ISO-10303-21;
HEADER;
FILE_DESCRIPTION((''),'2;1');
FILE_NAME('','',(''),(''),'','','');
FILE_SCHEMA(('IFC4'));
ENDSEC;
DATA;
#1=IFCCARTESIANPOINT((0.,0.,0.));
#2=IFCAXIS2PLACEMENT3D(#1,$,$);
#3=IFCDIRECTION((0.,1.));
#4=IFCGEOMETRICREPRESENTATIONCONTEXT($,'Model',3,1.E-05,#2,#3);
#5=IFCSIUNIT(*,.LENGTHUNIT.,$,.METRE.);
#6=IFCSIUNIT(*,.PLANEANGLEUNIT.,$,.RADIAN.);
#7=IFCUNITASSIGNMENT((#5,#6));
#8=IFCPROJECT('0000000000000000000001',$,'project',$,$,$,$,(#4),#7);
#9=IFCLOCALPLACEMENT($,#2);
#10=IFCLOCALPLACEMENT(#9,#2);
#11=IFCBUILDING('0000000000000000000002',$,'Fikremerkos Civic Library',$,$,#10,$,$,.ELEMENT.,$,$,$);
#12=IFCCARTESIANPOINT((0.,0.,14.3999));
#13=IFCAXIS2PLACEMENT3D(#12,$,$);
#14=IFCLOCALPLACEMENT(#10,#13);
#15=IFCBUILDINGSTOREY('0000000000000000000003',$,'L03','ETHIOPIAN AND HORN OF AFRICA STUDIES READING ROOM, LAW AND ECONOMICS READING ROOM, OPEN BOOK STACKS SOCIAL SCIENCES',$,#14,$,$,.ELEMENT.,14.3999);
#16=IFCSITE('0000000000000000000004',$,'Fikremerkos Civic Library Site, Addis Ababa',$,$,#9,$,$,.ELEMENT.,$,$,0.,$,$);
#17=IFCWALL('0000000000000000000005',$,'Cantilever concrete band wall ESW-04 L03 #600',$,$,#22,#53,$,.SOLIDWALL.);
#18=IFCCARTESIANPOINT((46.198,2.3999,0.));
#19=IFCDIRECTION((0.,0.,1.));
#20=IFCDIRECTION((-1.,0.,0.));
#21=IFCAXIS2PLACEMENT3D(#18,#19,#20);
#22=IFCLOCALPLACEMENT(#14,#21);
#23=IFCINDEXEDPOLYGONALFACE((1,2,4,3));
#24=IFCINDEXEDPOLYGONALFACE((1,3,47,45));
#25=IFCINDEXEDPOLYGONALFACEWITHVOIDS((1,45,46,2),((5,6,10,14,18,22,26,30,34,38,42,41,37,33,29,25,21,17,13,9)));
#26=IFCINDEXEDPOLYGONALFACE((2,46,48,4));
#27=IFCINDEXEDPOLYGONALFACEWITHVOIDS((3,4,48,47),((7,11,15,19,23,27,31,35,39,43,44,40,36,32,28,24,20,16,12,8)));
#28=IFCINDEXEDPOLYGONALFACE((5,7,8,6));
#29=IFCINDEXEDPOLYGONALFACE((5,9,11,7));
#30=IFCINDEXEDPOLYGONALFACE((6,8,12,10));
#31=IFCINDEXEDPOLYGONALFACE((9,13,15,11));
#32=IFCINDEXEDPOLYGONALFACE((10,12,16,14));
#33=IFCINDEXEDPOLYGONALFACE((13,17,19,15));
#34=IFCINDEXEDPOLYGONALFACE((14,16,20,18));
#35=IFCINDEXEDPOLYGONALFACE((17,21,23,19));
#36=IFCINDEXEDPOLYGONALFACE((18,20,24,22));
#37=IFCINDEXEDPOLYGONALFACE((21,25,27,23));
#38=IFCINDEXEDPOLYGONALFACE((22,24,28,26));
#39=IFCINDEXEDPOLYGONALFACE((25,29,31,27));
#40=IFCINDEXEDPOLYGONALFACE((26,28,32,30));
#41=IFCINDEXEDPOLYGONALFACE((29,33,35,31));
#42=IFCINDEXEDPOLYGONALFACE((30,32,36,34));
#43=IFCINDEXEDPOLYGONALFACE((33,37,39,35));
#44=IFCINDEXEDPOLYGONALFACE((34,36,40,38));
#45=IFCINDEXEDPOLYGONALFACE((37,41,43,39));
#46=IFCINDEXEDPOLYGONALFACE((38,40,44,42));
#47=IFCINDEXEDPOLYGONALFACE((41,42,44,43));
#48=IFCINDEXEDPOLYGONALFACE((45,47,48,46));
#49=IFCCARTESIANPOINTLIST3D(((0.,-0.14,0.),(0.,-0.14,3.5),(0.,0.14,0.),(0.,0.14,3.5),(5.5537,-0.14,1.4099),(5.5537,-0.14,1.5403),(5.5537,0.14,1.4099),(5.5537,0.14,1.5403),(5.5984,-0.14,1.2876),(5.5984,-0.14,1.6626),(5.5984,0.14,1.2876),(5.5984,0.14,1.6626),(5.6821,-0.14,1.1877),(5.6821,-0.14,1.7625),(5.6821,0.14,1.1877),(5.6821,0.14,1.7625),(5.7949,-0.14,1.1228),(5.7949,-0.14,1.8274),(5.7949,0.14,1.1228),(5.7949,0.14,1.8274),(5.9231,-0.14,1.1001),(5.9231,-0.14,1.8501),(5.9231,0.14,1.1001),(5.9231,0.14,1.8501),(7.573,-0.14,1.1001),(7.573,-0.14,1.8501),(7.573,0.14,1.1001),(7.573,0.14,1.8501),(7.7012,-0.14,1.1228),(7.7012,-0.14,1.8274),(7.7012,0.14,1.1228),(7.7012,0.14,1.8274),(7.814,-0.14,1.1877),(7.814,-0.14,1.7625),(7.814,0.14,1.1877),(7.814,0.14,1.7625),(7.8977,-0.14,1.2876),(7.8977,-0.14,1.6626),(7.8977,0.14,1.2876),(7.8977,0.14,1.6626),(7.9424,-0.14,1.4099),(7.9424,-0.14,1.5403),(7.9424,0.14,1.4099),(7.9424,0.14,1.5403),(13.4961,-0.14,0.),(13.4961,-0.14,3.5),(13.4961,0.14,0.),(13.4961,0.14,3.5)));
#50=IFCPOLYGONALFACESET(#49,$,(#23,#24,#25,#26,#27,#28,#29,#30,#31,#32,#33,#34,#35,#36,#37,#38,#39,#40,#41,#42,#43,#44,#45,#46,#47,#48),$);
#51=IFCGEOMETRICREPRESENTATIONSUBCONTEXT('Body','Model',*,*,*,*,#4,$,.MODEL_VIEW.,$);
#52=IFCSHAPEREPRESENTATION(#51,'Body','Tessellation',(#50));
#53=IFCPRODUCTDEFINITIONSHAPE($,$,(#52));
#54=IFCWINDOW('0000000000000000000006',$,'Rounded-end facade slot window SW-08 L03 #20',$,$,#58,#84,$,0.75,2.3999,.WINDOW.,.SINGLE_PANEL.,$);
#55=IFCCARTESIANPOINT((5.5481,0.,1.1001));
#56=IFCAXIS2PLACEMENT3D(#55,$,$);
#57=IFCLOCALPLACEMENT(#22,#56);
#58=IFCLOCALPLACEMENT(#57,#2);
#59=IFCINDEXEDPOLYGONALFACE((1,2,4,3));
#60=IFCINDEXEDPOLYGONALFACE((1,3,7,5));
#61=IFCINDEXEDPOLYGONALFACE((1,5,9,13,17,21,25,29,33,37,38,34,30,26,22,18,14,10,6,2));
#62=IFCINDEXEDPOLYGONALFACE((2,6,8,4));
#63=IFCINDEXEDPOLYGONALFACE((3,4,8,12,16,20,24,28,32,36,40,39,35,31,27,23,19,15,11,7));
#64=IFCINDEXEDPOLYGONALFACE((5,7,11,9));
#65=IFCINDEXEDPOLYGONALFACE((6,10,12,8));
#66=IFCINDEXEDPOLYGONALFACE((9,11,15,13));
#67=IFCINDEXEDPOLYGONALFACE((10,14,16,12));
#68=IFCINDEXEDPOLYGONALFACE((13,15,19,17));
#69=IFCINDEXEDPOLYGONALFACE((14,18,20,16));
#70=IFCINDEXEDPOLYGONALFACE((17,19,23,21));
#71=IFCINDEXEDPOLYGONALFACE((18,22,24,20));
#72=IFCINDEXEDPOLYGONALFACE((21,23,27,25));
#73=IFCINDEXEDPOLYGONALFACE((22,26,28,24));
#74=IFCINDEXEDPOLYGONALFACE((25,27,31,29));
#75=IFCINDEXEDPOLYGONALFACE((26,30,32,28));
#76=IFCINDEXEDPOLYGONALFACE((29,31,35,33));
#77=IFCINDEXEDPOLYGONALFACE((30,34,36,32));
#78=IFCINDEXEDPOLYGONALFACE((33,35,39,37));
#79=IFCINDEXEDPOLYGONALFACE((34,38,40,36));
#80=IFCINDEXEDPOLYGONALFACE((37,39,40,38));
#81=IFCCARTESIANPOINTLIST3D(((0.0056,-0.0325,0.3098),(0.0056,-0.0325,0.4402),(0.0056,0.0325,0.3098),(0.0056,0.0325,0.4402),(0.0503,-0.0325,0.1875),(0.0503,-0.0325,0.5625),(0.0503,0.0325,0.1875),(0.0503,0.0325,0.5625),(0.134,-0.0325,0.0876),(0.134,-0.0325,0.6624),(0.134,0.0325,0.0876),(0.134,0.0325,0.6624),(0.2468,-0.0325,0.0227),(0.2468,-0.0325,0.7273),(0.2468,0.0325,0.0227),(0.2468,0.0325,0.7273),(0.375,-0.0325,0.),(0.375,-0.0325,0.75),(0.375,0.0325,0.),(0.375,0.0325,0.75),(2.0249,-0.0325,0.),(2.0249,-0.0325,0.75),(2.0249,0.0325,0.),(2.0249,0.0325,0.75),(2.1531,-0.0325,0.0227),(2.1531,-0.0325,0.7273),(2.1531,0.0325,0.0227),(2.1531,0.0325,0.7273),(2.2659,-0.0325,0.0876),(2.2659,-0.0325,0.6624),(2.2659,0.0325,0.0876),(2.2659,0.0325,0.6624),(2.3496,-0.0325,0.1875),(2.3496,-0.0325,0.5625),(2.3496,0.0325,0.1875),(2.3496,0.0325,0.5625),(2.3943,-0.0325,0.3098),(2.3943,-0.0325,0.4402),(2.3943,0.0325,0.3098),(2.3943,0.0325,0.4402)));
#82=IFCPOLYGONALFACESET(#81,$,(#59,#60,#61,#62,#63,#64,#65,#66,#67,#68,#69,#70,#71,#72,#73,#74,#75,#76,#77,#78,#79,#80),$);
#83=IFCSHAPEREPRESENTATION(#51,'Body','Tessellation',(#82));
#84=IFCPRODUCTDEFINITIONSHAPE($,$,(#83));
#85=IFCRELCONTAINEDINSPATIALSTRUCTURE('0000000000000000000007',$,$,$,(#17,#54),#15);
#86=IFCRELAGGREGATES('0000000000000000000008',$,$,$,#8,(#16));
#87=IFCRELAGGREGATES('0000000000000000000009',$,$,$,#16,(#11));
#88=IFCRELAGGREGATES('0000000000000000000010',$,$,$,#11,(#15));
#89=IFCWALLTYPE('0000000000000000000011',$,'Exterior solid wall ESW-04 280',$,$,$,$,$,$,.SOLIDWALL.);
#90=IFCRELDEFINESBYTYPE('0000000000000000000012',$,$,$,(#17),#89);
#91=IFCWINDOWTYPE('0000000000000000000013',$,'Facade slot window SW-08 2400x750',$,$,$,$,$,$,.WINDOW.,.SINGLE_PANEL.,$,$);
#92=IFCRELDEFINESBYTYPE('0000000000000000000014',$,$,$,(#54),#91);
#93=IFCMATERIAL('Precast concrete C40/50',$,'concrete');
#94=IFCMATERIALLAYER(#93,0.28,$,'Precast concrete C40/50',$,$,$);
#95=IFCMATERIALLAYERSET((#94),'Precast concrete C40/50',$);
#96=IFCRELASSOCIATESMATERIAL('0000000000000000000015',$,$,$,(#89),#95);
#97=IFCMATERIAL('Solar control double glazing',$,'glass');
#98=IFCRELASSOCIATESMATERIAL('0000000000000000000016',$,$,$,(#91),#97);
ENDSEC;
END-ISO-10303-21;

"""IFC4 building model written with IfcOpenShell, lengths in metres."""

from ifc_helpers import new_model, si_unit, direction, frame, frame_2d, origin, place, context, subcontext, project, spatial, polyline, rectangle, outline, extrude, material, layer, layer_set, type_object, element, fill, save


model = new_model("IFC4")

# Units and contexts
model_context = context("Model", 3, precision=1e-05, world=origin(), true_north=direction((0.0, 1.0)))
body_context = subcontext(model_context, "Body", "Model", "MODEL_VIEW")
ifc_project = project(units=[si_unit("LENGTHUNIT", "METRE"), si_unit("PLANEANGLEUNIT", "RADIAN")], contexts=[model_context])

# Site, building, storey
site_placement = place(None, origin())
site = spatial("IfcSite", under=ifc_project, at=site_placement, Name="Fikremerkos Civic Library Site, Addis Ababa", CompositionType="ELEMENT", RefElevation=0.0)
building_placement = place(site_placement, origin())
building = spatial("IfcBuilding", under=site, at=building_placement, Name="Fikremerkos Civic Library", CompositionType="ELEMENT")
storey_placement = place(building_placement, frame((0.0, 0.0, 14.3999)))
storey = spatial("IfcBuildingStorey", under=building, at=storey_placement, Name="L03", Description="ETHIOPIAN AND HORN OF AFRICA STUDIES READING ROOM, LAW AND ECONOMICS READING ROOM, OPEN BOOK STACKS SOCIAL SCIENCES", CompositionType="ELEMENT", Elevation=14.3999)

# Wall, opening, window
ifc_material_1 = material(Name="Precast concrete C40/50", Category="concrete")
ifc_layer_1 = layer(ifc_material_1, 0.28, Name="Precast concrete C40/50")
ifc_layer_set_1 = layer_set([ifc_layer_1], Name="Precast concrete C40/50")
wall_type = type_object("IfcWallType", Name="Exterior solid wall ESW-04 280", PredefinedType="SOLIDWALL", material=ifc_layer_set_1)
wall_placement = place(storey_placement, frame((46.198, 2.3999, 0.0), z_axis=(0.0, 0.0, 1.0), x_axis=(-1.0, 0.0, 0.0)))
wall = element("IfcWall", 1, at=wall_placement, inside=storey, type_object=wall_type, Name="Cantilever concrete band wall ESW-04 L03 #600", PredefinedType="SOLIDWALL", context=body_context, shape_type="SweptSolid", body=[
    extrude(rectangle(XDim=13.4961, YDim=0.28, at=frame_2d((6.748, 0.0))), origin(), (0.0, 0.0, 1.0), 3.5),
])
opening_placement = place(wall_placement, frame((5.5481, 0.0, 1.1001)))
opening = element("IfcOpeningElement", 2, at=opening_placement, cuts=wall, PredefinedType="OPENING", context=body_context, shape_type="SweptSolid", body=[
    extrude(outline(polyline([(0.375, 0.75), (0.2468, 0.7273), (0.134, 0.6624), (0.0503, 0.5625), (0.0056, 0.4402), (0.0056, 0.3098), (0.0503, 0.1875), (0.134, 0.0876), (0.2468, 0.0227), (0.375, 0.0), (2.0249, 0.0), (2.1531, 0.0227), (2.2659, 0.0876), (2.3496, 0.1875), (2.3943, 0.3098), (2.3943, 0.4402), (2.3496, 0.5625), (2.2659, 0.6624), (2.1531, 0.7273), (2.0249, 0.75), (0.375, 0.75)])), frame((0.0, 0.1499, 0.0), z_axis=(0.0, -1.0, 0.0), x_axis=(1.0, 0.0, 0.0)), (0.0, 0.0, 1.0), 0.3),
])
ifc_material_2 = material(Name="Solar control double glazing", Category="glass")
window_type = type_object("IfcWindowType", Name="Facade slot window SW-08 2400x750", PartitioningType="SINGLE_PANEL", PredefinedType="WINDOW", material=ifc_material_2)
window_placement = place(opening_placement, origin())
window = element("IfcWindow", 3, at=window_placement, inside=storey, type_object=window_type, Name="Rounded-end facade slot window SW-08 L03 #20", OverallHeight=0.75, OverallWidth=2.3999, PartitioningType="SINGLE_PANEL", PredefinedType="WINDOW", context=body_context, shape_type="SweptSolid", body=[
    extrude(outline(polyline([(0.375, 0.75), (0.2468, 0.7273), (0.134, 0.6624), (0.0503, 0.5625), (0.0056, 0.4402), (0.0056, 0.3098), (0.0503, 0.1875), (0.134, 0.0876), (0.2468, 0.0227), (0.375, 0.0), (2.0249, 0.0), (2.1531, 0.0227), (2.2659, 0.0876), (2.3496, 0.1875), (2.3943, 0.3098), (2.3943, 0.4402), (2.3496, 0.5625), (2.2659, 0.6624), (2.1531, 0.7273), (2.0249, 0.75), (0.375, 0.75)])), frame((0.0, 0.0325, 0.0), z_axis=(0.0, -1.0, 0.0), x_axis=(1.0, 0.0, 0.0)), (0.0, 0.0, 1.0), 0.0649),
])
fill(opening, window)

save(model, "model.ifc")
